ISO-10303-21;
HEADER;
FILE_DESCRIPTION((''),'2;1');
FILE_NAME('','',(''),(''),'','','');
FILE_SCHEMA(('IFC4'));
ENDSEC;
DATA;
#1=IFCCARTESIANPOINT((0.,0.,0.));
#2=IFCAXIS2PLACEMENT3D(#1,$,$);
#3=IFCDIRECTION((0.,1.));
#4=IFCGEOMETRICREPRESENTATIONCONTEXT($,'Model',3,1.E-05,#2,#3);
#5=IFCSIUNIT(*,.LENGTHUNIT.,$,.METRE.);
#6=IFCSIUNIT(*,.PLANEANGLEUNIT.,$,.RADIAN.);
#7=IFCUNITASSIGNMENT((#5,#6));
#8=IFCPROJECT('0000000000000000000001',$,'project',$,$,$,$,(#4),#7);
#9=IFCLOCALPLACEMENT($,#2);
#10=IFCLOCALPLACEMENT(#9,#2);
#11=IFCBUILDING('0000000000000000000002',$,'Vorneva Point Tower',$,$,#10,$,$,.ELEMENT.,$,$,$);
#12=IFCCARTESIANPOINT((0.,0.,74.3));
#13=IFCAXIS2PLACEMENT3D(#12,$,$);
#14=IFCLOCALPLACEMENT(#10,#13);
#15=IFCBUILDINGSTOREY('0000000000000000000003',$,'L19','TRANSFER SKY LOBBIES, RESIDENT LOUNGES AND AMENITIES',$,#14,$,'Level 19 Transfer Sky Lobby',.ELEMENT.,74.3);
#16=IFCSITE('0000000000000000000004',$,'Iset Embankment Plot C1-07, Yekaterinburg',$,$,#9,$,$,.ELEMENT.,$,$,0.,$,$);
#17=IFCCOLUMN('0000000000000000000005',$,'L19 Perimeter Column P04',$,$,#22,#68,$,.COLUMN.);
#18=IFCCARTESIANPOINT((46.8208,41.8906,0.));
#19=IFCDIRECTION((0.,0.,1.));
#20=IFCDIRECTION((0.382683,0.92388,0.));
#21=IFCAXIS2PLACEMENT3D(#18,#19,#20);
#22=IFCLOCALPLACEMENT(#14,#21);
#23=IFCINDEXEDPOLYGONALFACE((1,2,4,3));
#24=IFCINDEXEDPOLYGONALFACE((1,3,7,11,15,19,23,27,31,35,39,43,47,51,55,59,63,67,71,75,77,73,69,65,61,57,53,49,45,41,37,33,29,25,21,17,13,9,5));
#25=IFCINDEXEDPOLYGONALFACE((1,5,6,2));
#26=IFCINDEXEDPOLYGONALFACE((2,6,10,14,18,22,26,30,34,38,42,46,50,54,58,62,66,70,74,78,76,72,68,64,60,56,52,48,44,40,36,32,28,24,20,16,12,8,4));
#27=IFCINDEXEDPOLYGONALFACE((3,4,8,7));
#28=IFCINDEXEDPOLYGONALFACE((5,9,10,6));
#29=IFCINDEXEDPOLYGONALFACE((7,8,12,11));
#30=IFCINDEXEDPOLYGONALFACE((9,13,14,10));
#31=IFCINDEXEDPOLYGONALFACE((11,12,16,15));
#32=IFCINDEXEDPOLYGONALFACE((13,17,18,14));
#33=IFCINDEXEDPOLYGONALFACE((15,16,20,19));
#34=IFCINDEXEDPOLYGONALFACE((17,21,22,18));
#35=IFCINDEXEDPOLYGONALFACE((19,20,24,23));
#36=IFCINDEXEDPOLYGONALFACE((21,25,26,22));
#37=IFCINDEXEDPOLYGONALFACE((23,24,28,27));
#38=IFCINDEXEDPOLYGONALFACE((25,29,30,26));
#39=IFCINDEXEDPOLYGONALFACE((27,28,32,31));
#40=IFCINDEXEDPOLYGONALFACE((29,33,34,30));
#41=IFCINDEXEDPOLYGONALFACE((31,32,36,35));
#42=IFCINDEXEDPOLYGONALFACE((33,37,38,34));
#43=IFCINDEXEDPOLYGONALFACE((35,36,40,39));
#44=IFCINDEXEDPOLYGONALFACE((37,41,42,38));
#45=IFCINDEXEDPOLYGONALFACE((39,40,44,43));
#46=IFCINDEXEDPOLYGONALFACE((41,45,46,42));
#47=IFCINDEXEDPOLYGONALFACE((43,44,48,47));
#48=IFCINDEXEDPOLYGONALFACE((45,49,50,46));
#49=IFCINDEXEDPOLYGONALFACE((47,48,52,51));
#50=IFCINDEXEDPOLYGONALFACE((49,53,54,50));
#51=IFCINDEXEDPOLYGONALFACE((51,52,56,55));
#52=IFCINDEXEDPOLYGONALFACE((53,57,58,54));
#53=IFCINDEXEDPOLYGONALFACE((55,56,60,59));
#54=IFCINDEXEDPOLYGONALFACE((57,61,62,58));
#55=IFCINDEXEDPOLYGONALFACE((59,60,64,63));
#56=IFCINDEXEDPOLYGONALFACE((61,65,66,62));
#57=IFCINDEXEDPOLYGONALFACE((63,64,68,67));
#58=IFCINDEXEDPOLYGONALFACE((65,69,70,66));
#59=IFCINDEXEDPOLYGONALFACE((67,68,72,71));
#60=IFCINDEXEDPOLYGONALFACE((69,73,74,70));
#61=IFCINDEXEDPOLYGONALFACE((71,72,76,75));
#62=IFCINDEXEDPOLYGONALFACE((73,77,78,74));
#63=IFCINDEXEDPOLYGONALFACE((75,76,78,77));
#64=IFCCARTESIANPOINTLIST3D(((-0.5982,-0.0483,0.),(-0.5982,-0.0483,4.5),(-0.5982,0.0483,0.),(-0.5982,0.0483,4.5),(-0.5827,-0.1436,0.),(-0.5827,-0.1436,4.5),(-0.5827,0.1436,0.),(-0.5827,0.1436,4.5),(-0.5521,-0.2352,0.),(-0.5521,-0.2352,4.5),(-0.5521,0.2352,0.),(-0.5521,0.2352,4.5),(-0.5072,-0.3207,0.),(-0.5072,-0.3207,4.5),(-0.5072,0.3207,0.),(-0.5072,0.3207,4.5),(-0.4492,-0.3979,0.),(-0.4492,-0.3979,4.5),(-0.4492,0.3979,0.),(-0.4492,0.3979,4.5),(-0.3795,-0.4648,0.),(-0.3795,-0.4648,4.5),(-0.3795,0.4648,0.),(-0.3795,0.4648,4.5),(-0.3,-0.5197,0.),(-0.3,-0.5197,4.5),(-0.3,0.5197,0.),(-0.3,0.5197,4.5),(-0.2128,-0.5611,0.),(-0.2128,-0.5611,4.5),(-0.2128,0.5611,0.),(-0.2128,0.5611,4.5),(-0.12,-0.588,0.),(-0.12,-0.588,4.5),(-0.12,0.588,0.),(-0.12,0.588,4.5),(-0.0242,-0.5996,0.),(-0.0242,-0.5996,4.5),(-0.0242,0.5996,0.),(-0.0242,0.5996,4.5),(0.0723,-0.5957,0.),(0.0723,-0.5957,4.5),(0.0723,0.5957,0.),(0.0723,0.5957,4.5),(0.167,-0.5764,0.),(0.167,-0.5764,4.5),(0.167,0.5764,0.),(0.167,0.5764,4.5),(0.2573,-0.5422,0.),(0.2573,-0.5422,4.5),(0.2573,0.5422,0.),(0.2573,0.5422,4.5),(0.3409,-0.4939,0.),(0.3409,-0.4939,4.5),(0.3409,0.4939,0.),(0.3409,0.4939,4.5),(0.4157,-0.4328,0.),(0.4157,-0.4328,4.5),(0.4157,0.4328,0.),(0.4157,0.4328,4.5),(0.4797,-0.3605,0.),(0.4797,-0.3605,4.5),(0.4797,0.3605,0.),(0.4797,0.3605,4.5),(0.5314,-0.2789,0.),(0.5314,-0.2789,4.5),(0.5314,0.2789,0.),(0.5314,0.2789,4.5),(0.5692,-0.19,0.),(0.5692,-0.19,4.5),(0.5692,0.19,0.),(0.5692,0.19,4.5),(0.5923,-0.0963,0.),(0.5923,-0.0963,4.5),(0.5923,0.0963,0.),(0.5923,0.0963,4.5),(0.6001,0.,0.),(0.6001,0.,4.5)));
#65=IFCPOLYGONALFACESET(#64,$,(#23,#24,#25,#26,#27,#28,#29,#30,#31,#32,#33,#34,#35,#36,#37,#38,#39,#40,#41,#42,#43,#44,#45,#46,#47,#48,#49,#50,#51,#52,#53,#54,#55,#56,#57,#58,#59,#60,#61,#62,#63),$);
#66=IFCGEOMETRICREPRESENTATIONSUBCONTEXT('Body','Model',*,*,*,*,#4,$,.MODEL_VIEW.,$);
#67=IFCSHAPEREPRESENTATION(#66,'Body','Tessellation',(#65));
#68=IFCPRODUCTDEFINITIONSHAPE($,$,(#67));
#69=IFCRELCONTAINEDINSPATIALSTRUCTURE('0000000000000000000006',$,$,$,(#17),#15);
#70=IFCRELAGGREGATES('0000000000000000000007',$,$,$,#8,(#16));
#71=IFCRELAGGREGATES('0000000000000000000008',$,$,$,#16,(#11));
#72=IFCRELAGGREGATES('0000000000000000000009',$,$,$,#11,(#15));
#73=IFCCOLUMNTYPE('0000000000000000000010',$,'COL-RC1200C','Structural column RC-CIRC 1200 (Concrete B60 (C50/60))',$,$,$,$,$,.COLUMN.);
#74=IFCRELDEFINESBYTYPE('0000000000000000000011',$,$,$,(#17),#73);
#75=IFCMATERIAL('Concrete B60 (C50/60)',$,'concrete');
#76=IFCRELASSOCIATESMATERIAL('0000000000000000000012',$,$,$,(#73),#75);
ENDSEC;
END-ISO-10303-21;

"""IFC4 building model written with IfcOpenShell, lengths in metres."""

from ifc_helpers import new_model, si_unit, direction, frame, origin, origin_2d, place, context, subcontext, project, spatial, circle, extrude, material, material_profile, profile_set, type_object, element, save


model = new_model("IFC4")

# Units and contexts
model_context = context("Model", 3, precision=1e-05, world=origin(), true_north=direction((0.0, 1.0)))
body_context = subcontext(model_context, "Body", "Model", "MODEL_VIEW")
ifc_project = project(units=[si_unit("LENGTHUNIT", "METRE"), si_unit("PLANEANGLEUNIT", "RADIAN")], contexts=[model_context])

# Site, building, storey
site_placement = place(None, origin())
site = spatial("IfcSite", under=ifc_project, at=site_placement, Name="Iset Embankment Plot C1-07, Yekaterinburg", CompositionType="ELEMENT", RefElevation=0.0)
building_placement = place(site_placement, origin())
building = spatial("IfcBuilding", under=site, at=building_placement, Name="Vorneva Point Tower", CompositionType="ELEMENT")
storey_placement = place(building_placement, frame((0.0, 0.0, 74.3)))
storey = spatial("IfcBuildingStorey", under=building, at=storey_placement, Name="L19", Description="TRANSFER SKY LOBBIES, RESIDENT LOUNGES AND AMENITIES", LongName="Level 19 Transfer Sky Lobby", CompositionType="ELEMENT", Elevation=74.3)

# Column
ifc_material_1 = material(Name="Concrete B60 (C50/60)", Category="concrete")
ifc_material_profile_1 = material_profile(ifc_material_1, circle(Radius=0.6001, at=origin_2d()), Name="RC-CIRC 1200")
ifc_profile_set_1 = profile_set([ifc_material_profile_1], Name="Concrete B60 (C50/60)")
column_type_1 = type_object("IfcColumnType", Name="COL-RC1200C", Description="Structural column RC-CIRC 1200 (Concrete B60 (C50/60))", PredefinedType="COLUMN", material=ifc_profile_set_1)
column_1_placement = place(storey_placement, frame((46.8208, 41.8906, 0.0), z_axis=(0.0, 0.0, 1.0), x_axis=(0.382683, 0.92388, 0.0)))
element("IfcColumn", 1, at=column_1_placement, inside=storey, type_object=column_type_1, Name="L19 Perimeter Column P04", PredefinedType="COLUMN", context=body_context, shape_type="SweptSolid", body=[
    extrude(circle(Radius=0.6001, at=origin_2d()), origin(), (0.0, 0.0, 1.0), 4.5),
])

save(model, "model.ifc")
